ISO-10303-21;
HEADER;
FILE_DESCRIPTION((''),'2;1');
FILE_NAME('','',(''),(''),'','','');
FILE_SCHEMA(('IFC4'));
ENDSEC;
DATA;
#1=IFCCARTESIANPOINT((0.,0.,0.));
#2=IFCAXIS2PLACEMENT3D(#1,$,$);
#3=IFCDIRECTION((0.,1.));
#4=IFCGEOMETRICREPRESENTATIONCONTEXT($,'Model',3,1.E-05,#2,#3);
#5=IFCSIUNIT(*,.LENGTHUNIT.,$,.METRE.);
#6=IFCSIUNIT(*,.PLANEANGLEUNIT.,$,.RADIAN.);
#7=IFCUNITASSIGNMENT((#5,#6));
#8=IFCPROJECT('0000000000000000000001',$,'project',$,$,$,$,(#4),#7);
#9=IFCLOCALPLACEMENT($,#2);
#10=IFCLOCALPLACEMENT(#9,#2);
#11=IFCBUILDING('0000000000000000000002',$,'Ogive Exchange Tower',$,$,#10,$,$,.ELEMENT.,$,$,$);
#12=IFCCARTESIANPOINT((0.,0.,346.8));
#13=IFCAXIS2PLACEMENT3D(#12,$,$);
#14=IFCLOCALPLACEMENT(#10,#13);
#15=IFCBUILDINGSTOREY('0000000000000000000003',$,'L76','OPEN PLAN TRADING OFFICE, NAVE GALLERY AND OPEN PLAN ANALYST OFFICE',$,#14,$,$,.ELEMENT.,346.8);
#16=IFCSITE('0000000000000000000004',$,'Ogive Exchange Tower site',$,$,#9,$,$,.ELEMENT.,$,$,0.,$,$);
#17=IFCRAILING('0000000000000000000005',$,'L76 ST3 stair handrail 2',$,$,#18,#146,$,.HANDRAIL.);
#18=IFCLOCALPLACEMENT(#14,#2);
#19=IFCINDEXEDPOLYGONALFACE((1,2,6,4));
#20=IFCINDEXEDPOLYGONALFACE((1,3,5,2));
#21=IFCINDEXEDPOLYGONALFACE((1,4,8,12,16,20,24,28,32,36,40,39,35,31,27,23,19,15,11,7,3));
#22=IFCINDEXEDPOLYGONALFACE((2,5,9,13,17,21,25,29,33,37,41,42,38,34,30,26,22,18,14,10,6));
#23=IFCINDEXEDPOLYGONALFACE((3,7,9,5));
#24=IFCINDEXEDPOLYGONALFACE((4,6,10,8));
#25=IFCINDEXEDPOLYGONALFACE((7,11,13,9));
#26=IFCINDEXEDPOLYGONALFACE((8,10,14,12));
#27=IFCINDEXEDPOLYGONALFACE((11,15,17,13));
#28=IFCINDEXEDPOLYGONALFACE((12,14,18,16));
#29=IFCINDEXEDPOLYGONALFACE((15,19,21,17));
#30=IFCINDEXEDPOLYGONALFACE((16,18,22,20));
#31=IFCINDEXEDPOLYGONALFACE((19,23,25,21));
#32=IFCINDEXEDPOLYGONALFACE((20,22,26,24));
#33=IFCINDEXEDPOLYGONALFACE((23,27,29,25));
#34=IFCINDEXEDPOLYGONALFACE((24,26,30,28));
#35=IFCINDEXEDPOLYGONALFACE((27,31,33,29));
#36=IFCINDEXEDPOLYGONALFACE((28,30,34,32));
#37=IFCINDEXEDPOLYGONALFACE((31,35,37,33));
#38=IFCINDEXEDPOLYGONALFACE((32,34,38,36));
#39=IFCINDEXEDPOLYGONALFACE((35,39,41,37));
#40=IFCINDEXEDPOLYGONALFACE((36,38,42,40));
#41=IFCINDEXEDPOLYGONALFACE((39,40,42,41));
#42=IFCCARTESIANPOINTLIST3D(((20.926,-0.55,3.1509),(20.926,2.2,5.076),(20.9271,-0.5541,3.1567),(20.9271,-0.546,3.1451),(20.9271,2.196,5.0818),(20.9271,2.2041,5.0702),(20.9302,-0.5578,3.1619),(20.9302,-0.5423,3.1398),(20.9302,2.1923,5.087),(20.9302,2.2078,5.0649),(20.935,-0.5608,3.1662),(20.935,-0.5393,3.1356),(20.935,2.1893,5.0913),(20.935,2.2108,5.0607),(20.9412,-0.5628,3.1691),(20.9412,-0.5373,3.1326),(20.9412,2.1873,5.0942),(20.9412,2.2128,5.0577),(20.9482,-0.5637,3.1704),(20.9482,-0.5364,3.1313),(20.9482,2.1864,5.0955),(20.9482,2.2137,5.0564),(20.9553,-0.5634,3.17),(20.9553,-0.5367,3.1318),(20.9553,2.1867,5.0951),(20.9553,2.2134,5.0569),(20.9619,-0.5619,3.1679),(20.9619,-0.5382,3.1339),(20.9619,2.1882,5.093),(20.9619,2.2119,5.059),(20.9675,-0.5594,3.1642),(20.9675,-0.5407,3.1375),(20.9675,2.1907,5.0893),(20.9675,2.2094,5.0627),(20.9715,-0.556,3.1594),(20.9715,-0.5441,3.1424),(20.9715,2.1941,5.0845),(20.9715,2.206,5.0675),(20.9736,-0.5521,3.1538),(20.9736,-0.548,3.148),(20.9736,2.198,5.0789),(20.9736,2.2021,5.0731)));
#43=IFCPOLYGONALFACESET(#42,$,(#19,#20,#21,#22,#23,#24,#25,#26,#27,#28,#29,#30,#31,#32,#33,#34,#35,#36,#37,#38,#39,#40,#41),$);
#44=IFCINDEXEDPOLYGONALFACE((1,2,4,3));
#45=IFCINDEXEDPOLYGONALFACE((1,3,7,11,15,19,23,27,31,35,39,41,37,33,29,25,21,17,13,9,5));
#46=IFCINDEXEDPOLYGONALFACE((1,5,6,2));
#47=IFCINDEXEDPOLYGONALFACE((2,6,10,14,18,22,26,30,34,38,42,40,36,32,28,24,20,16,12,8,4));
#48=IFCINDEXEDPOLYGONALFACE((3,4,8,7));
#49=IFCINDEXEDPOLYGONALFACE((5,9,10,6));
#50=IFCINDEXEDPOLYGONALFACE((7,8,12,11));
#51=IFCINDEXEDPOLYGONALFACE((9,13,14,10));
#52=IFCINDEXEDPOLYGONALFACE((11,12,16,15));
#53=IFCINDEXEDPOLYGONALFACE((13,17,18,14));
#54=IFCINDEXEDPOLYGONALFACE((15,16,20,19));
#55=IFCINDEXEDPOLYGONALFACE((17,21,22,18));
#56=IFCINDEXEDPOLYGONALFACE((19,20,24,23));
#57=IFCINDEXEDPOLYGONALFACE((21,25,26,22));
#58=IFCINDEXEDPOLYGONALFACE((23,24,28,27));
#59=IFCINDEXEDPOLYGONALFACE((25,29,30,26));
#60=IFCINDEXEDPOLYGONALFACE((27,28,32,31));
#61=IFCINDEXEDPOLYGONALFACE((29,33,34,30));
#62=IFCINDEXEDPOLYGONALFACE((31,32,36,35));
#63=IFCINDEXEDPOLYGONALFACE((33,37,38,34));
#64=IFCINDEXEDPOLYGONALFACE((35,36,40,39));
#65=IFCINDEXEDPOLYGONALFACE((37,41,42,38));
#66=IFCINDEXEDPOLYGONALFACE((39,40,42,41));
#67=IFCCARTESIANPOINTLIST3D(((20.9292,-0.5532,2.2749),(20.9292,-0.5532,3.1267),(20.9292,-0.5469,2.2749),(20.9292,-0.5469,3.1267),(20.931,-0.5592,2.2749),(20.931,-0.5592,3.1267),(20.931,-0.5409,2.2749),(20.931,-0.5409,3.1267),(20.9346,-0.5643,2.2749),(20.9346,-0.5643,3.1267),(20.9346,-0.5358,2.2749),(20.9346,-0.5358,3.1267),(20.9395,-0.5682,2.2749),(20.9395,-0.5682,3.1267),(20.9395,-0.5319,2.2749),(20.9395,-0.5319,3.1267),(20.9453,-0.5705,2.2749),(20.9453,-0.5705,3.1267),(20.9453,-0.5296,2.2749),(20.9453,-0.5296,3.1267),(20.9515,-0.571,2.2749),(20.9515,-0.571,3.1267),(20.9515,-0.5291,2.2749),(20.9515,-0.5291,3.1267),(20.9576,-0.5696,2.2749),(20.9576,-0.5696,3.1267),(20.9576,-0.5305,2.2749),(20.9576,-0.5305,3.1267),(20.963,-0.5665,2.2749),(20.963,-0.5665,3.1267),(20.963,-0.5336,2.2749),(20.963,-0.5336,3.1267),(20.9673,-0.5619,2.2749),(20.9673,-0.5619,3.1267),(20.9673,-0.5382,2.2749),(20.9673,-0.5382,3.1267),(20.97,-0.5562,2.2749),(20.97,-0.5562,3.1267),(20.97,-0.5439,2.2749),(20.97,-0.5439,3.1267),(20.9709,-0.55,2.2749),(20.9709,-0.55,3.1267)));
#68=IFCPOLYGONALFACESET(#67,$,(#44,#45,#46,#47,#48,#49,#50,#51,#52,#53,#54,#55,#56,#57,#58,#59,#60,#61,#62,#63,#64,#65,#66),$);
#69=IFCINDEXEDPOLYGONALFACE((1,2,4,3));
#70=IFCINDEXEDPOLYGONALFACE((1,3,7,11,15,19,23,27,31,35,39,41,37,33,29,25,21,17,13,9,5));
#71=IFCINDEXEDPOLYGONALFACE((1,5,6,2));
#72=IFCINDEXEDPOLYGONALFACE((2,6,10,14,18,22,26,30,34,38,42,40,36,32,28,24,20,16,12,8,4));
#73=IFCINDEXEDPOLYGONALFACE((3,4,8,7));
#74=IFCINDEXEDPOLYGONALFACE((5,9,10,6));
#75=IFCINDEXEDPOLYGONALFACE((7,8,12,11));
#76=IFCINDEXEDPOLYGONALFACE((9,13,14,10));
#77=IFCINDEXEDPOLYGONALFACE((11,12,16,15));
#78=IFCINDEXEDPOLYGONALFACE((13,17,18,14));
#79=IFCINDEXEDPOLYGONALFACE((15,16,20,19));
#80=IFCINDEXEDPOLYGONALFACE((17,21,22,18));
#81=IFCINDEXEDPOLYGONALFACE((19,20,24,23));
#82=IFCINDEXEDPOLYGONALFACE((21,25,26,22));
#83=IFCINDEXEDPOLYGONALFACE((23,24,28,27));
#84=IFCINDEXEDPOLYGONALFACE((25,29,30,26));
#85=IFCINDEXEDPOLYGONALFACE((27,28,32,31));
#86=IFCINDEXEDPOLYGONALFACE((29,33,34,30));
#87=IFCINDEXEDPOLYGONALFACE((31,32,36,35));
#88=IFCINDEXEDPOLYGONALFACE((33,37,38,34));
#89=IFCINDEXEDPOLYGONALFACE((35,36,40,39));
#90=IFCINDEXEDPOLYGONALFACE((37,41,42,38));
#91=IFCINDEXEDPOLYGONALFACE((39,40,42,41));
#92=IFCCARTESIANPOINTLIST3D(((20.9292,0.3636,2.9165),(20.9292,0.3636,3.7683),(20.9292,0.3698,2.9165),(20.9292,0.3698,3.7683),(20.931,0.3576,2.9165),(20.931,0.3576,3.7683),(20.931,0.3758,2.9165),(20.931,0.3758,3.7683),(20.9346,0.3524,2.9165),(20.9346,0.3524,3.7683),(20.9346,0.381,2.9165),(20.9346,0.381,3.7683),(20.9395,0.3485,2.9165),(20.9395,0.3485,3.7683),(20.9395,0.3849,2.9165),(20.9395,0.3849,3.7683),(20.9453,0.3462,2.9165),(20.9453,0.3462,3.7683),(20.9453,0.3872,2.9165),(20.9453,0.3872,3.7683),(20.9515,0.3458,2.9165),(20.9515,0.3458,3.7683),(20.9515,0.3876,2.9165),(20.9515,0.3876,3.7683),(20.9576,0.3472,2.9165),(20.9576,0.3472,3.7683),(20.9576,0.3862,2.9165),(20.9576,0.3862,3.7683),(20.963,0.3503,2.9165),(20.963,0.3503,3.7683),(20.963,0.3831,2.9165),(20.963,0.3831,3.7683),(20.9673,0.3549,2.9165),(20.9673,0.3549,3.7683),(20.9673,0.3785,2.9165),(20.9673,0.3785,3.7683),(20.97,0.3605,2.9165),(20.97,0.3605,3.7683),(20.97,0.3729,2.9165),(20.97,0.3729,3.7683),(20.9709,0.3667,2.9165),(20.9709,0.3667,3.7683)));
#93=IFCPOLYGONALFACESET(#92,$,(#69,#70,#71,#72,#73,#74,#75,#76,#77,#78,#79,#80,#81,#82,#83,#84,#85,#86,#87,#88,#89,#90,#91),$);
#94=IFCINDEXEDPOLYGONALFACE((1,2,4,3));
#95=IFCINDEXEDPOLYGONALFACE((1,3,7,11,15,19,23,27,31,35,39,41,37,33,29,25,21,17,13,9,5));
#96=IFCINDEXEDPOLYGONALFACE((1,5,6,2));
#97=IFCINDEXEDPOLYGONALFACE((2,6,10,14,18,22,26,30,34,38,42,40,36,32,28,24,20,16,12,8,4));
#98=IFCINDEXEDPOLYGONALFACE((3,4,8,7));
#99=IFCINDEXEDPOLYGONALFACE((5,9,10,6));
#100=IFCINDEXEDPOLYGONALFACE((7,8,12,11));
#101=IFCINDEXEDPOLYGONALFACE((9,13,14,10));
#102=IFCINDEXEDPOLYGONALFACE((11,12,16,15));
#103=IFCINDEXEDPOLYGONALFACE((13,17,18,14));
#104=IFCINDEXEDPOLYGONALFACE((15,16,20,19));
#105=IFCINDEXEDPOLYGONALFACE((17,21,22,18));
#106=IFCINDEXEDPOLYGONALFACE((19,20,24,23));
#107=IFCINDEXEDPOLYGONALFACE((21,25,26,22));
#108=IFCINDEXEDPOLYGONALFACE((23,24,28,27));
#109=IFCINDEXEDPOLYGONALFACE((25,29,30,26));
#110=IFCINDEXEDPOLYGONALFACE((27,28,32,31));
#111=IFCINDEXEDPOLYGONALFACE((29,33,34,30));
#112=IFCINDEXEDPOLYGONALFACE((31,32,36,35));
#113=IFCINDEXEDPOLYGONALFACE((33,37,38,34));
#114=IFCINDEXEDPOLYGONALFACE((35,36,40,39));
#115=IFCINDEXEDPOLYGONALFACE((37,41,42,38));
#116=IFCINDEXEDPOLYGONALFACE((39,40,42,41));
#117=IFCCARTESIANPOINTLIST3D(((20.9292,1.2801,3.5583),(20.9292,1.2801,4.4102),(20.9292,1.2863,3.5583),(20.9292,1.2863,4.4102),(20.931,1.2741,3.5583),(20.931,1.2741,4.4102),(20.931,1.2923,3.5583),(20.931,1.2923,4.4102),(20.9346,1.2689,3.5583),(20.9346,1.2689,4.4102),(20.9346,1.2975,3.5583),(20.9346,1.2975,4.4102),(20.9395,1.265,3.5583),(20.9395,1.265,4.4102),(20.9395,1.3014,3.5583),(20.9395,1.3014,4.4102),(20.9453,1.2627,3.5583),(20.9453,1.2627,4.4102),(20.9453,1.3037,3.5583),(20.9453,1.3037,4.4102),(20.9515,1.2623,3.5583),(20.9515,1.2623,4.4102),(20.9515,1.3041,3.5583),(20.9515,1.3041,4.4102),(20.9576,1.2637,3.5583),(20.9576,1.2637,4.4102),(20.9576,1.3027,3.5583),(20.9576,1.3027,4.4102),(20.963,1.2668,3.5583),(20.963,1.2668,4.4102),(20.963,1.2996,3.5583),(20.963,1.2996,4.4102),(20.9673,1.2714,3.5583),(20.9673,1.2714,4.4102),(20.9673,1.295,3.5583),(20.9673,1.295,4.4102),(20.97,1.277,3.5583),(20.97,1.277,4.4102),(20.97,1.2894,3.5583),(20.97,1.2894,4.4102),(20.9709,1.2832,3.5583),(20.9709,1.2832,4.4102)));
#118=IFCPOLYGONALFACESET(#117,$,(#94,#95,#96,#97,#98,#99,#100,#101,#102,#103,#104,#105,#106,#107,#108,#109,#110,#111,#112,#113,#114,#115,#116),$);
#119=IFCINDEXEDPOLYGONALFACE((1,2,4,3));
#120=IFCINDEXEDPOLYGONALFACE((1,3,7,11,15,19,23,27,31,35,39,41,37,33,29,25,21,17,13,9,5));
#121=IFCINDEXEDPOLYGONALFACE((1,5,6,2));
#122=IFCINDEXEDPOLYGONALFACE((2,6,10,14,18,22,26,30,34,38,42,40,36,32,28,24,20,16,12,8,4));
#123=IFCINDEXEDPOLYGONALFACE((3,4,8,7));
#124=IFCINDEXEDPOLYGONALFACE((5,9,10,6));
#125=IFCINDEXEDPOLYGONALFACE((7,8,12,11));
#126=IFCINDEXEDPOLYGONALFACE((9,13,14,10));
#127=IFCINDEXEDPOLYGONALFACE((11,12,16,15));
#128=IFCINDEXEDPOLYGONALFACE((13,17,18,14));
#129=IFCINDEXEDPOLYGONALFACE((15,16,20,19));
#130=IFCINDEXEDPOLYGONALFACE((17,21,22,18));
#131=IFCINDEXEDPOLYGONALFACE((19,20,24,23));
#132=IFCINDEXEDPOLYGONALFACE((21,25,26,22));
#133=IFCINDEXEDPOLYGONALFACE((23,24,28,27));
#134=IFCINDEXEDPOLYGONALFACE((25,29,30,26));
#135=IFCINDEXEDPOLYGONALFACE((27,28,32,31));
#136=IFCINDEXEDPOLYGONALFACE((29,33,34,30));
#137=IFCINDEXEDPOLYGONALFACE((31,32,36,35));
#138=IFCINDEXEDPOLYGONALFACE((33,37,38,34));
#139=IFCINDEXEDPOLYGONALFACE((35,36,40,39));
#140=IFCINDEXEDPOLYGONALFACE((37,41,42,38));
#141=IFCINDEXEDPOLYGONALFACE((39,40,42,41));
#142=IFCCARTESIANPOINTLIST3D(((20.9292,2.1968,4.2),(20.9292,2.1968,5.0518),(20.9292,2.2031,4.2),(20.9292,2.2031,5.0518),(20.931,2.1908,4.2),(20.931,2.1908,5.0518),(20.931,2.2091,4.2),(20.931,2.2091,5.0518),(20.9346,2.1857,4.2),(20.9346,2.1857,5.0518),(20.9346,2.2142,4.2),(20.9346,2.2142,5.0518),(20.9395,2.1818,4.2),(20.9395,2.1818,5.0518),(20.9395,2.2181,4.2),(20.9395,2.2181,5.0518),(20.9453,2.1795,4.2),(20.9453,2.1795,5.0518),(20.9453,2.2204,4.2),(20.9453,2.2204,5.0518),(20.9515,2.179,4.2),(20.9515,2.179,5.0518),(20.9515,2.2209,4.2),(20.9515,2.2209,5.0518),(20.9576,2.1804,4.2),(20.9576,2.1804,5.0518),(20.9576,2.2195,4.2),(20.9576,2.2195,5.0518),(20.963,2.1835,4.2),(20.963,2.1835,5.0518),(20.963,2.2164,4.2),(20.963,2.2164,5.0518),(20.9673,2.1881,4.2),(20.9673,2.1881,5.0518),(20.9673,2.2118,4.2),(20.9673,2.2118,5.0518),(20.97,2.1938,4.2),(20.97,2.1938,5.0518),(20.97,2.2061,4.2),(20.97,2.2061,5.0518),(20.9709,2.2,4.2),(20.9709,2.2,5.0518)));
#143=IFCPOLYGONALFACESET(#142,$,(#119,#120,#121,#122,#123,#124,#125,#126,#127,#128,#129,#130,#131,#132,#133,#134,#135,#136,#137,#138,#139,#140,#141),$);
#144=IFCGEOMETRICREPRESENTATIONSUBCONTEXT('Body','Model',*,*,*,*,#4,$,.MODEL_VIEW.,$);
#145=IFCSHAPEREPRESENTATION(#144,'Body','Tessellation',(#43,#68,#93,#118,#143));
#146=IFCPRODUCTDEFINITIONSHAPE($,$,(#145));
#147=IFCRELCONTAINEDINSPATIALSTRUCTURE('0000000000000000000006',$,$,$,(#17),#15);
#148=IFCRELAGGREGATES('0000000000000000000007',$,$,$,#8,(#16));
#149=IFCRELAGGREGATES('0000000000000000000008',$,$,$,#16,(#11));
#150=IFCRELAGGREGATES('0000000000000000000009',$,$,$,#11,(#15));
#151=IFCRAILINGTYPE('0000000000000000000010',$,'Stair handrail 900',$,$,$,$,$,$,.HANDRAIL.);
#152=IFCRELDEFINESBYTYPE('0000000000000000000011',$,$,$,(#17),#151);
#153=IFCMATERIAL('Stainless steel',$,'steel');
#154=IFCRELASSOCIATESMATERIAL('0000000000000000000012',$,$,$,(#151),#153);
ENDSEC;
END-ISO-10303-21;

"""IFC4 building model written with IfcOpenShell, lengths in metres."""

from ifc_helpers import new_model, si_unit, direction, frame, origin, origin_2d, place, context, subcontext, project, spatial, circle, extrude, material, type_object, element, save


model = new_model("IFC4")

# Units and contexts
model_context = context("Model", 3, precision=1e-05, world=origin(), true_north=direction((0.0, 1.0)))
body_context = subcontext(model_context, "Body", "Model", "MODEL_VIEW")
ifc_project = project(units=[si_unit("LENGTHUNIT", "METRE"), si_unit("PLANEANGLEUNIT", "RADIAN")], contexts=[model_context])

# Site, building, storey
site_placement = place(None, origin())
site = spatial("IfcSite", under=ifc_project, at=site_placement, Name="Ogive Exchange Tower site", CompositionType="ELEMENT", RefElevation=0.0)
building_placement = place(site_placement, origin())
building = spatial("IfcBuilding", under=site, at=building_placement, Name="Ogive Exchange Tower", CompositionType="ELEMENT")
storey_placement = place(building_placement, frame((0.0, 0.0, 346.8)))
storey = spatial("IfcBuildingStorey", under=building, at=storey_placement, Name="L76", Description="OPEN PLAN TRADING OFFICE, NAVE GALLERY AND OPEN PLAN ANALYST OFFICE", CompositionType="ELEMENT", Elevation=346.8)

# Shared definitions
ifc_material_1 = material(Name="Stainless steel", Category="steel")

# Railing
railing_type = type_object("IfcRailingType", Name="Stair handrail 900", PredefinedType="HANDRAIL", material=ifc_material_1)
railing_1_placement = place(storey_placement, frame((20.95, -0.55, 2.2749)))
element("IfcRailing", 1, at=railing_1_placement, inside=storey, type_object=railing_type, Name="L76 ST3 stair handrail 2", PredefinedType="HANDRAIL", context=body_context, shape_type="SweptSolid", body=[
    extrude(circle(Radius=0.0239, at=origin_2d()), frame((0.0, 0.0, 0.876), z_axis=(0.0, 0.819225, 0.573472), x_axis=(-1.0, 0.0, 0.0)), (0.0, 0.0, 1.0), 3.3569),
    extrude(circle(Radius=0.021, at=origin_2d()), origin(), (0.0, 0.0, 1.0), 0.8518),
    extrude(circle(Radius=0.021, at=origin_2d()), frame((0.0, 0.9167, 0.6416)), (0.0, 0.0, 1.0), 0.8518),
    extrude(circle(Radius=0.021, at=origin_2d()), frame((0.0, 1.8333, 1.2834)), (0.0, 0.0, 1.0), 0.8518),
    extrude(circle(Radius=0.021, at=origin_2d()), frame((0.0, 2.75, 1.925)), (0.0, 0.0, 1.0), 0.8518),
])

save(model, "model.ifc")
